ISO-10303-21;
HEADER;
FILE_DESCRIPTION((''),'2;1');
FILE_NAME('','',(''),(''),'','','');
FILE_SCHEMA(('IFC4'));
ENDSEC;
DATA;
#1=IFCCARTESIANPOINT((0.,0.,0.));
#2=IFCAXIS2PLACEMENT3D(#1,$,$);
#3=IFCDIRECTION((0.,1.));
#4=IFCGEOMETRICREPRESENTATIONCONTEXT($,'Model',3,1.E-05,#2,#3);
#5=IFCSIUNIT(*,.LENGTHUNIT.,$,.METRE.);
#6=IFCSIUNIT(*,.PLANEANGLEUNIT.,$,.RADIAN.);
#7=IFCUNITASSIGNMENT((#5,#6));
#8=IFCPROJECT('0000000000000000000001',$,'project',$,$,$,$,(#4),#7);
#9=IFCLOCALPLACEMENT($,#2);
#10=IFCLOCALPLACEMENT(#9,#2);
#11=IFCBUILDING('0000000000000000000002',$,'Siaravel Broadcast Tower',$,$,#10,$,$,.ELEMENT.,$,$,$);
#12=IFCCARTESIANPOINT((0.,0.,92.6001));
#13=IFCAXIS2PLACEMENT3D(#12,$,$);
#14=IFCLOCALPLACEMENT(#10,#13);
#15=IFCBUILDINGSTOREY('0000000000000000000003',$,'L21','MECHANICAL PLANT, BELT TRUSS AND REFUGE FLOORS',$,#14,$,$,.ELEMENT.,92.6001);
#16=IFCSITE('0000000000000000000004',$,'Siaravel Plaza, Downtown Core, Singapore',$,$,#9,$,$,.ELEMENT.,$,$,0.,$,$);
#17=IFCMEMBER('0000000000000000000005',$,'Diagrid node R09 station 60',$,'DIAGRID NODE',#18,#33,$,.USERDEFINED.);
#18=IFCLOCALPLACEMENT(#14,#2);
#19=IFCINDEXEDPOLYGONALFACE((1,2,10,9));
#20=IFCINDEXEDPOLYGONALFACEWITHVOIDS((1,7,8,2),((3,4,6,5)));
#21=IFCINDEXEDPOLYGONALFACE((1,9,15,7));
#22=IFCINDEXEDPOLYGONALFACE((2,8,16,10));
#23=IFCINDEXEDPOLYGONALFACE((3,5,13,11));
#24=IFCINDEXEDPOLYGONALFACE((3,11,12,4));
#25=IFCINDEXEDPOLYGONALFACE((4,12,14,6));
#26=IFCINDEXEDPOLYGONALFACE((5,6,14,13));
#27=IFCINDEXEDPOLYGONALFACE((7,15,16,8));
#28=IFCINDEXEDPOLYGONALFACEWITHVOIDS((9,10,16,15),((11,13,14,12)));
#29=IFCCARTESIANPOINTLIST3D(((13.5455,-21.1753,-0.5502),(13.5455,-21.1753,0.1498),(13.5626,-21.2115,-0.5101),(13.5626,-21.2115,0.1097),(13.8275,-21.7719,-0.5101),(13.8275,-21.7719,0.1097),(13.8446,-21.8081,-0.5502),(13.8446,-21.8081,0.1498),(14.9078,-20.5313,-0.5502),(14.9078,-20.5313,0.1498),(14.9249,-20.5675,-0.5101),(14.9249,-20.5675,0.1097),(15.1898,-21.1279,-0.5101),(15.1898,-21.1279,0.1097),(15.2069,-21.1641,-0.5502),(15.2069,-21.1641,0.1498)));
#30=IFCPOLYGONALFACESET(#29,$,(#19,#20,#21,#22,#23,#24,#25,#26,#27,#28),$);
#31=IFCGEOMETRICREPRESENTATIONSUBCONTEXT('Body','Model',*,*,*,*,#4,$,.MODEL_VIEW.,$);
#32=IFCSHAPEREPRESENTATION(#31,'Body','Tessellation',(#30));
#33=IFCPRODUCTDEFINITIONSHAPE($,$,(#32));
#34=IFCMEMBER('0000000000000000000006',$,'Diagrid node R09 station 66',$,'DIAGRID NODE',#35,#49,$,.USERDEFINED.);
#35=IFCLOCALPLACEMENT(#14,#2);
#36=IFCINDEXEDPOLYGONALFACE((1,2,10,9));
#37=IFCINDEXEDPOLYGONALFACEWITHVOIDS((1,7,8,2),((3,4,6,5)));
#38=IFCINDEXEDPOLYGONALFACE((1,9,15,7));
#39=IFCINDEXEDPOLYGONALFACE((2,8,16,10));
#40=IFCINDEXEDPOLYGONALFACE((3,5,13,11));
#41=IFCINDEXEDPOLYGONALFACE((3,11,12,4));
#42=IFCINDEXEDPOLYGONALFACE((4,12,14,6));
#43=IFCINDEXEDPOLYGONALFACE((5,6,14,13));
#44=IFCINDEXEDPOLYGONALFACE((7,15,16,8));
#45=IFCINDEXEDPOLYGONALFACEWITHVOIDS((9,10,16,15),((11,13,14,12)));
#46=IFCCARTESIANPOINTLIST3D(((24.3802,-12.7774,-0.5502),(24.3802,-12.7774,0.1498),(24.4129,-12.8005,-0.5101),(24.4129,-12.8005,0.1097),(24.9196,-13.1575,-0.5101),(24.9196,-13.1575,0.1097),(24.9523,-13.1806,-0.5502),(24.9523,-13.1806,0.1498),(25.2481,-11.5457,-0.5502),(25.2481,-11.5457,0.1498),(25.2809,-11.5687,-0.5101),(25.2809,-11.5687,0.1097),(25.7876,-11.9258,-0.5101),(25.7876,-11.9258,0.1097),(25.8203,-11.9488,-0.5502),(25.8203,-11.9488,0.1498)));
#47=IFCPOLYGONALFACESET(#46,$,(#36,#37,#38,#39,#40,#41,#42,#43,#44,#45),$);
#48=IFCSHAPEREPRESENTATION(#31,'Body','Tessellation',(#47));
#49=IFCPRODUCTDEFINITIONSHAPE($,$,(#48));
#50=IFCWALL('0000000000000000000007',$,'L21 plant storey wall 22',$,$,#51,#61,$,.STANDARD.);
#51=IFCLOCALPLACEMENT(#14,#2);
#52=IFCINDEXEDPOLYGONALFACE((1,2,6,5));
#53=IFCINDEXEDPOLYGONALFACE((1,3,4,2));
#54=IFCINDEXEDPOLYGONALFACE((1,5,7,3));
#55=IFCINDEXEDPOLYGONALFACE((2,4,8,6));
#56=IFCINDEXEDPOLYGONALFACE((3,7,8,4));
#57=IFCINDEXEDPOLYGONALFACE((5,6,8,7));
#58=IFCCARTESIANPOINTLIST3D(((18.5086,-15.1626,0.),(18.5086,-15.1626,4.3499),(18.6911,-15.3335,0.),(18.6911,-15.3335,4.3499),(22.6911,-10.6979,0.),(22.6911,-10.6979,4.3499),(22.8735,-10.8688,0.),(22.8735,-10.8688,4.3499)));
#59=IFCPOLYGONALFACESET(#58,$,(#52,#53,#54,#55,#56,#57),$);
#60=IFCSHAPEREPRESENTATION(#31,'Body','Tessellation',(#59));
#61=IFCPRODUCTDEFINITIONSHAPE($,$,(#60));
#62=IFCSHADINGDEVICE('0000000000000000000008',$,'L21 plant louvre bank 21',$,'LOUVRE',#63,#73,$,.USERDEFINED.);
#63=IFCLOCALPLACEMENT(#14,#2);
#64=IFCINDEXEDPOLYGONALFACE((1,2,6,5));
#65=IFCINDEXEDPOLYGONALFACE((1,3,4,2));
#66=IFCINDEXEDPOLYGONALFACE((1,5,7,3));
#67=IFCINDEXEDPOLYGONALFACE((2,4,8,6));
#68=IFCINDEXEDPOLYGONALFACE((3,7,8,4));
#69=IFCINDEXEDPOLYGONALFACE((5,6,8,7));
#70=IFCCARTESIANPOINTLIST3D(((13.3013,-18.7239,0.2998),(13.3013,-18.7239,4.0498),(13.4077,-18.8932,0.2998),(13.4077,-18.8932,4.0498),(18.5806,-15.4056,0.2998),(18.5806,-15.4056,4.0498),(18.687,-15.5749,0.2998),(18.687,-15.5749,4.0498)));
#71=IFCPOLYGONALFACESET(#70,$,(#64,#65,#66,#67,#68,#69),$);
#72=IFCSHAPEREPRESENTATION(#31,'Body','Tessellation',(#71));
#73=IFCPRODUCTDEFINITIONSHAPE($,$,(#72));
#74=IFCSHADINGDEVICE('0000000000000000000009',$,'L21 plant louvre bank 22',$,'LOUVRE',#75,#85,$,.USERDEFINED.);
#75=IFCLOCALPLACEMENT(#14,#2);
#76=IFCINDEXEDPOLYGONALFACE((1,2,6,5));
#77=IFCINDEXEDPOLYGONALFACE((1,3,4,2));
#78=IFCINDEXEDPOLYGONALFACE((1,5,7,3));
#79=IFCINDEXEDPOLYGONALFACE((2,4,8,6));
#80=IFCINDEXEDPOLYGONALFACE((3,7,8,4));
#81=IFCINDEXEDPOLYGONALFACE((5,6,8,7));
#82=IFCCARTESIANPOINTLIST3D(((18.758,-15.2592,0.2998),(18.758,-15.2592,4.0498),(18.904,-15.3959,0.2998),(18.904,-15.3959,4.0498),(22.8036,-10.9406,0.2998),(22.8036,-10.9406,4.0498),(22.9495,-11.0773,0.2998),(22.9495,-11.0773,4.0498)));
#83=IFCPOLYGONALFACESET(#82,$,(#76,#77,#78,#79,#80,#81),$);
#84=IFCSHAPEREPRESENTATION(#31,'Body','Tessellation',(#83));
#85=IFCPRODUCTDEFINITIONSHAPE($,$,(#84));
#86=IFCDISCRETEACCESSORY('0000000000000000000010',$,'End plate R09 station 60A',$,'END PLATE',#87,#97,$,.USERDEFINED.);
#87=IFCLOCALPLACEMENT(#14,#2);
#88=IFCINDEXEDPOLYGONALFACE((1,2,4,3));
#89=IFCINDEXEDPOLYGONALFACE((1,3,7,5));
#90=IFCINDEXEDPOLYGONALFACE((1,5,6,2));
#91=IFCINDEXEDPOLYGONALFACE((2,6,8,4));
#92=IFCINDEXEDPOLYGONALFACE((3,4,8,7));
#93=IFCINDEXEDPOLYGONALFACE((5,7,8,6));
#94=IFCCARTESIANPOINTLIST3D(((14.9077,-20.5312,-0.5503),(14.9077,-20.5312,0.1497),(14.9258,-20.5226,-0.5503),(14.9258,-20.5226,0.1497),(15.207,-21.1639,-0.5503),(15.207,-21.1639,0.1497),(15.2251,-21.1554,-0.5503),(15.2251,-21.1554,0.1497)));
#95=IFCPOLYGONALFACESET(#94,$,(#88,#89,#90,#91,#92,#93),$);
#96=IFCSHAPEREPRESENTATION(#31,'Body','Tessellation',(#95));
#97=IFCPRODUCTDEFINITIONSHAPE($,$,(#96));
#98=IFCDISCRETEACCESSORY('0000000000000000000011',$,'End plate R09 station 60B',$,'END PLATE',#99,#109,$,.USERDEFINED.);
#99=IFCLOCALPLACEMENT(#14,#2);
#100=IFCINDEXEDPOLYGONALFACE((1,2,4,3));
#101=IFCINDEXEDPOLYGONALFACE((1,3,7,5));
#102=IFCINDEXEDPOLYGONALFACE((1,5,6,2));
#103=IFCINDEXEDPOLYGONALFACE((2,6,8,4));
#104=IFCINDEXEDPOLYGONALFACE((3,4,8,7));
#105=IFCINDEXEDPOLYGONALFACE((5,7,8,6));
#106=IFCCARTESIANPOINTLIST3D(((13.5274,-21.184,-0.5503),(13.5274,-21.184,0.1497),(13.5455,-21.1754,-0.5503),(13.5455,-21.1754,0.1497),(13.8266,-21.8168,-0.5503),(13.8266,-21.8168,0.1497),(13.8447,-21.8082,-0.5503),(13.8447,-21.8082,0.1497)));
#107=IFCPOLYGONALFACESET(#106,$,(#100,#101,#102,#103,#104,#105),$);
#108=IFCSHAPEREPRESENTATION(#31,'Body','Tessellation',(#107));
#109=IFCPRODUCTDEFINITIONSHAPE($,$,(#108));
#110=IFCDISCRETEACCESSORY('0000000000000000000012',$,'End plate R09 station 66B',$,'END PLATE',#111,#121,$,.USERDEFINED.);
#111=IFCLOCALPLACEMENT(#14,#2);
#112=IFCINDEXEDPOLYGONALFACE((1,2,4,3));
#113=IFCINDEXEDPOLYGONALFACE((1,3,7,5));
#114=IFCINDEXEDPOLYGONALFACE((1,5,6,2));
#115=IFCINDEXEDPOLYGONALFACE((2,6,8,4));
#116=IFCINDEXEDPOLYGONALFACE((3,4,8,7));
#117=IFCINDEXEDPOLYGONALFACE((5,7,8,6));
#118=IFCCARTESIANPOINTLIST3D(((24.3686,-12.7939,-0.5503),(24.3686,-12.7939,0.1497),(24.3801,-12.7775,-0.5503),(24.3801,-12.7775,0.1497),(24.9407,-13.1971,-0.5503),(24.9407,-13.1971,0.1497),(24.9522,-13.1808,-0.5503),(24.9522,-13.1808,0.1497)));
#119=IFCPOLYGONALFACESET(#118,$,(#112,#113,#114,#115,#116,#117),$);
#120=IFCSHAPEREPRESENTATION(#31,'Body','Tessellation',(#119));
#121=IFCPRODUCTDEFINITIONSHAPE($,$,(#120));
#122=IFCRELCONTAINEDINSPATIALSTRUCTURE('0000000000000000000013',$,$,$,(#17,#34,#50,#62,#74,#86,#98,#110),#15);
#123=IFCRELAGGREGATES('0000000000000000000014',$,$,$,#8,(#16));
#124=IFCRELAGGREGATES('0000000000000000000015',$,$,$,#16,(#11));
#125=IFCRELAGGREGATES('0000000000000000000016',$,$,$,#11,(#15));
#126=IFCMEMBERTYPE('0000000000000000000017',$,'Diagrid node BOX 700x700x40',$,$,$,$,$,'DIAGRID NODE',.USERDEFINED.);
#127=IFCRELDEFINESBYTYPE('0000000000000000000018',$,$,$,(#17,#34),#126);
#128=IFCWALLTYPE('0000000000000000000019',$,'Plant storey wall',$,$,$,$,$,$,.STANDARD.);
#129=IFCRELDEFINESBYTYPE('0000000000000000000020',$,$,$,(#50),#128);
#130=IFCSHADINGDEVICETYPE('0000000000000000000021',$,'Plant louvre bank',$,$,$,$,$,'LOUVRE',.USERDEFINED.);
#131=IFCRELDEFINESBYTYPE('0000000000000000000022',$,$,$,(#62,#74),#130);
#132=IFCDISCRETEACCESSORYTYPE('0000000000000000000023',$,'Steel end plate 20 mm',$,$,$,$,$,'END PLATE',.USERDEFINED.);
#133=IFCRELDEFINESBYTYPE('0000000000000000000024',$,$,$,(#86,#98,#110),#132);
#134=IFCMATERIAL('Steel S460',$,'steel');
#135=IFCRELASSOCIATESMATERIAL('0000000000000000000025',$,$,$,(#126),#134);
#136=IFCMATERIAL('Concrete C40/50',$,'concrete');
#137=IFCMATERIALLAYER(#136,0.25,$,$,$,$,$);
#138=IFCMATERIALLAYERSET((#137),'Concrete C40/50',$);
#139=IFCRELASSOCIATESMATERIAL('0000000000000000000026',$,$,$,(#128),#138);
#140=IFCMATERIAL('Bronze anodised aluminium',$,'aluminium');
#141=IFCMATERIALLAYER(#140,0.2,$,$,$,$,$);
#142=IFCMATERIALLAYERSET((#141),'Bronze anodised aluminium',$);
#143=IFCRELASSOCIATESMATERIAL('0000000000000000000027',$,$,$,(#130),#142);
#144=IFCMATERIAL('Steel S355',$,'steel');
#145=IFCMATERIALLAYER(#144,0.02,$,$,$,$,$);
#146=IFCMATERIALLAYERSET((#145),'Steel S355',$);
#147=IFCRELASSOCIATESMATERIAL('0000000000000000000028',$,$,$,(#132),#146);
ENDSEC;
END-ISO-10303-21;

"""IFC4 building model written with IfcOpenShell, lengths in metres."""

from ifc_helpers import new_model, si_unit, direction, frame, frame_2d, origin, origin_2d, place, context, subcontext, project, spatial, rectangle, hollow_rectangle, extrude, material, layer, layer_set, material_profile, profile_set, type_object, element, save


model = new_model("IFC4")

# Units and contexts
model_context = context("Model", 3, precision=1e-05, world=origin(), true_north=direction((0.0, 1.0)))
body_context = subcontext(model_context, "Body", "Model", "MODEL_VIEW")
ifc_project = project(units=[si_unit("LENGTHUNIT", "METRE"), si_unit("PLANEANGLEUNIT", "RADIAN")], contexts=[model_context])

# Site, building, storey
site_placement = place(None, origin())
site = spatial("IfcSite", under=ifc_project, at=site_placement, Name="Siaravel Plaza, Downtown Core, Singapore", CompositionType="ELEMENT", RefElevation=0.0)
building_placement = place(site_placement, origin())
building = spatial("IfcBuilding", under=site, at=building_placement, Name="Siaravel Broadcast Tower", CompositionType="ELEMENT")
storey_placement = place(building_placement, frame((0.0, 0.0, 92.6001)))
storey = spatial("IfcBuildingStorey", under=building, at=storey_placement, Name="L21", Description="MECHANICAL PLANT, BELT TRUSS AND REFUGE FLOORS", CompositionType="ELEMENT", Elevation=92.6001)

# Shared definitions
ifc_material_1 = material(Name="Steel S355", Category="steel")
ifc_material_2 = material(Name="Steel S460", Category="steel")

# Members
ifc_material_profile_1 = material_profile(ifc_material_2, hollow_rectangle(XDim=0.7, YDim=0.7, WallThickness=0.04, at=origin_2d()))
ifc_profile_set_1 = profile_set([ifc_material_profile_1], Name="Steel S460")
member_type_1 = type_object("IfcMemberType", Name="Diagrid node BOX 700x700x40", ElementType="DIAGRID NODE", PredefinedType="USERDEFINED", material=ifc_profile_set_1)
for number, where, z_axis, x_axis, name in (
    (1, (13.6951, -21.4917, -0.2002), (0.904061, 0.427404, 0.0), (-0.427404, 0.904061, 0.0), "Diagrid node R09 station 60"),
    (2, (24.6663, -12.979, -0.2002), (0.576015, 0.817439, 0.0), (-0.817439, 0.576015, 0.0), "Diagrid node R09 station 66"),
):
    element("IfcMember", number, at=place(storey_placement, frame(where, z_axis=z_axis, x_axis=x_axis)), inside=storey, type_object=member_type_1, Name=name, ObjectType="DIAGRID NODE", PredefinedType="USERDEFINED", context=body_context, shape_type="SweptSolid", body=[
        extrude(hollow_rectangle(XDim=0.7, YDim=0.7, WallThickness=0.04, at=origin_2d()), origin(), (0.0, 0.0, 1.0), 1.5068),
    ])

# Wall
ifc_material_3 = material(Name="Concrete C40/50", Category="concrete")
ifc_layer_1 = layer(ifc_material_3, 0.25)
ifc_layer_set_1 = layer_set([ifc_layer_1], Name="Concrete C40/50")
wall_type = type_object("IfcWallType", Name="Plant storey wall", PredefinedType="STANDARD", material=ifc_layer_set_1)
wall_placement = place(storey_placement, frame((18.5999, -15.248, 0.0), z_axis=(0.0, 0.0, 1.0), x_axis=(0.683664, 0.729797, 0.0)))
element("IfcWall", 3, at=wall_placement, inside=storey, type_object=wall_type, Name="L21 plant storey wall 22", PredefinedType="STANDARD", context=body_context, shape_type="SweptSolid", body=[
    extrude(rectangle(XDim=6.1177, YDim=0.25, at=frame_2d((3.0588, 0.0))), origin(), (0.0, 0.0, 1.0), 4.3499),
])

# Shading devices
ifc_material_4 = material(Name="Bronze anodised aluminium", Category="aluminium")
ifc_layer_2 = layer(ifc_material_4, 0.2)
ifc_layer_set_2 = layer_set([ifc_layer_2], Name="Bronze anodised aluminium")
shading_device_type = type_object("IfcShadingDeviceType", Name="Plant louvre bank", ElementType="LOUVRE", PredefinedType="USERDEFINED", material=ifc_layer_set_2)
shading_device_1_placement = place(storey_placement, frame((15.9941, -17.1494, 0.2998), z_axis=(0.0, 0.0, 1.0), x_axis=(0.84665, 0.532149, 0.0)))
element("IfcShadingDevice", 4, at=shading_device_1_placement, inside=storey, type_object=shading_device_type, Name="L21 plant louvre bank 21", ObjectType="LOUVRE", PredefinedType="USERDEFINED", context=body_context, shape_type="SweptSolid", body=[
    extrude(rectangle(XDim=6.2356, YDim=0.2, at=origin_2d()), origin(), (0.0, 0.0, 1.0), 3.75),
])
shading_device_2_placement = place(storey_placement, frame((20.8538, -13.1682, 0.2998), z_axis=(0.0, 0.0, 1.0), x_axis=(0.683655, 0.729806, 0.0)))
element("IfcShadingDevice", 5, at=shading_device_2_placement, inside=storey, type_object=shading_device_type, Name="L21 plant louvre bank 22", ObjectType="LOUVRE", PredefinedType="USERDEFINED", context=body_context, shape_type="SweptSolid", body=[
    extrude(rectangle(XDim=5.9175, YDim=0.2, at=origin_2d()), origin(), (0.0, 0.0, 1.0), 3.75),
])

# Discrete accessories
ifc_layer_3 = layer(ifc_material_1, 0.02)
ifc_layer_set_3 = layer_set([ifc_layer_3], Name="Steel S355")
discrete_accessory_type = type_object("IfcDiscreteAccessoryType", Name="Steel end plate 20 mm", ElementType="END PLATE", PredefinedType="USERDEFINED", material=ifc_layer_set_3)
for number, where, z_axis, x_axis, name in (
    (6, (15.0664, -20.8433, -0.5503), (0.0, 0.0, 1.0), (0.904006, 0.427519, 0.0), "End plate R09 station 60A"),
    (7, (13.686, -21.4961, -0.5503), (0.0, 0.0, 1.0), (0.904006, 0.427519, 0.0), "End plate R09 station 60B"),
    (8, (24.6604, -12.9873, -0.5503), (0.0, 0.0, 1.0), (0.576119, 0.817366, 0.0), "End plate R09 station 66B"),
):
    element("IfcDiscreteAccessory", number, at=place(storey_placement, frame(where, z_axis=z_axis, x_axis=x_axis)), inside=storey, type_object=discrete_accessory_type, Name=name, ObjectType="END PLATE", PredefinedType="USERDEFINED", context=body_context, shape_type="SweptSolid", body=[
        extrude(rectangle(XDim=0.02, YDim=0.7, at=origin_2d()), origin(), (0.0, 0.0, 1.0), 0.7),
    ])

save(model, "model.ifc")
